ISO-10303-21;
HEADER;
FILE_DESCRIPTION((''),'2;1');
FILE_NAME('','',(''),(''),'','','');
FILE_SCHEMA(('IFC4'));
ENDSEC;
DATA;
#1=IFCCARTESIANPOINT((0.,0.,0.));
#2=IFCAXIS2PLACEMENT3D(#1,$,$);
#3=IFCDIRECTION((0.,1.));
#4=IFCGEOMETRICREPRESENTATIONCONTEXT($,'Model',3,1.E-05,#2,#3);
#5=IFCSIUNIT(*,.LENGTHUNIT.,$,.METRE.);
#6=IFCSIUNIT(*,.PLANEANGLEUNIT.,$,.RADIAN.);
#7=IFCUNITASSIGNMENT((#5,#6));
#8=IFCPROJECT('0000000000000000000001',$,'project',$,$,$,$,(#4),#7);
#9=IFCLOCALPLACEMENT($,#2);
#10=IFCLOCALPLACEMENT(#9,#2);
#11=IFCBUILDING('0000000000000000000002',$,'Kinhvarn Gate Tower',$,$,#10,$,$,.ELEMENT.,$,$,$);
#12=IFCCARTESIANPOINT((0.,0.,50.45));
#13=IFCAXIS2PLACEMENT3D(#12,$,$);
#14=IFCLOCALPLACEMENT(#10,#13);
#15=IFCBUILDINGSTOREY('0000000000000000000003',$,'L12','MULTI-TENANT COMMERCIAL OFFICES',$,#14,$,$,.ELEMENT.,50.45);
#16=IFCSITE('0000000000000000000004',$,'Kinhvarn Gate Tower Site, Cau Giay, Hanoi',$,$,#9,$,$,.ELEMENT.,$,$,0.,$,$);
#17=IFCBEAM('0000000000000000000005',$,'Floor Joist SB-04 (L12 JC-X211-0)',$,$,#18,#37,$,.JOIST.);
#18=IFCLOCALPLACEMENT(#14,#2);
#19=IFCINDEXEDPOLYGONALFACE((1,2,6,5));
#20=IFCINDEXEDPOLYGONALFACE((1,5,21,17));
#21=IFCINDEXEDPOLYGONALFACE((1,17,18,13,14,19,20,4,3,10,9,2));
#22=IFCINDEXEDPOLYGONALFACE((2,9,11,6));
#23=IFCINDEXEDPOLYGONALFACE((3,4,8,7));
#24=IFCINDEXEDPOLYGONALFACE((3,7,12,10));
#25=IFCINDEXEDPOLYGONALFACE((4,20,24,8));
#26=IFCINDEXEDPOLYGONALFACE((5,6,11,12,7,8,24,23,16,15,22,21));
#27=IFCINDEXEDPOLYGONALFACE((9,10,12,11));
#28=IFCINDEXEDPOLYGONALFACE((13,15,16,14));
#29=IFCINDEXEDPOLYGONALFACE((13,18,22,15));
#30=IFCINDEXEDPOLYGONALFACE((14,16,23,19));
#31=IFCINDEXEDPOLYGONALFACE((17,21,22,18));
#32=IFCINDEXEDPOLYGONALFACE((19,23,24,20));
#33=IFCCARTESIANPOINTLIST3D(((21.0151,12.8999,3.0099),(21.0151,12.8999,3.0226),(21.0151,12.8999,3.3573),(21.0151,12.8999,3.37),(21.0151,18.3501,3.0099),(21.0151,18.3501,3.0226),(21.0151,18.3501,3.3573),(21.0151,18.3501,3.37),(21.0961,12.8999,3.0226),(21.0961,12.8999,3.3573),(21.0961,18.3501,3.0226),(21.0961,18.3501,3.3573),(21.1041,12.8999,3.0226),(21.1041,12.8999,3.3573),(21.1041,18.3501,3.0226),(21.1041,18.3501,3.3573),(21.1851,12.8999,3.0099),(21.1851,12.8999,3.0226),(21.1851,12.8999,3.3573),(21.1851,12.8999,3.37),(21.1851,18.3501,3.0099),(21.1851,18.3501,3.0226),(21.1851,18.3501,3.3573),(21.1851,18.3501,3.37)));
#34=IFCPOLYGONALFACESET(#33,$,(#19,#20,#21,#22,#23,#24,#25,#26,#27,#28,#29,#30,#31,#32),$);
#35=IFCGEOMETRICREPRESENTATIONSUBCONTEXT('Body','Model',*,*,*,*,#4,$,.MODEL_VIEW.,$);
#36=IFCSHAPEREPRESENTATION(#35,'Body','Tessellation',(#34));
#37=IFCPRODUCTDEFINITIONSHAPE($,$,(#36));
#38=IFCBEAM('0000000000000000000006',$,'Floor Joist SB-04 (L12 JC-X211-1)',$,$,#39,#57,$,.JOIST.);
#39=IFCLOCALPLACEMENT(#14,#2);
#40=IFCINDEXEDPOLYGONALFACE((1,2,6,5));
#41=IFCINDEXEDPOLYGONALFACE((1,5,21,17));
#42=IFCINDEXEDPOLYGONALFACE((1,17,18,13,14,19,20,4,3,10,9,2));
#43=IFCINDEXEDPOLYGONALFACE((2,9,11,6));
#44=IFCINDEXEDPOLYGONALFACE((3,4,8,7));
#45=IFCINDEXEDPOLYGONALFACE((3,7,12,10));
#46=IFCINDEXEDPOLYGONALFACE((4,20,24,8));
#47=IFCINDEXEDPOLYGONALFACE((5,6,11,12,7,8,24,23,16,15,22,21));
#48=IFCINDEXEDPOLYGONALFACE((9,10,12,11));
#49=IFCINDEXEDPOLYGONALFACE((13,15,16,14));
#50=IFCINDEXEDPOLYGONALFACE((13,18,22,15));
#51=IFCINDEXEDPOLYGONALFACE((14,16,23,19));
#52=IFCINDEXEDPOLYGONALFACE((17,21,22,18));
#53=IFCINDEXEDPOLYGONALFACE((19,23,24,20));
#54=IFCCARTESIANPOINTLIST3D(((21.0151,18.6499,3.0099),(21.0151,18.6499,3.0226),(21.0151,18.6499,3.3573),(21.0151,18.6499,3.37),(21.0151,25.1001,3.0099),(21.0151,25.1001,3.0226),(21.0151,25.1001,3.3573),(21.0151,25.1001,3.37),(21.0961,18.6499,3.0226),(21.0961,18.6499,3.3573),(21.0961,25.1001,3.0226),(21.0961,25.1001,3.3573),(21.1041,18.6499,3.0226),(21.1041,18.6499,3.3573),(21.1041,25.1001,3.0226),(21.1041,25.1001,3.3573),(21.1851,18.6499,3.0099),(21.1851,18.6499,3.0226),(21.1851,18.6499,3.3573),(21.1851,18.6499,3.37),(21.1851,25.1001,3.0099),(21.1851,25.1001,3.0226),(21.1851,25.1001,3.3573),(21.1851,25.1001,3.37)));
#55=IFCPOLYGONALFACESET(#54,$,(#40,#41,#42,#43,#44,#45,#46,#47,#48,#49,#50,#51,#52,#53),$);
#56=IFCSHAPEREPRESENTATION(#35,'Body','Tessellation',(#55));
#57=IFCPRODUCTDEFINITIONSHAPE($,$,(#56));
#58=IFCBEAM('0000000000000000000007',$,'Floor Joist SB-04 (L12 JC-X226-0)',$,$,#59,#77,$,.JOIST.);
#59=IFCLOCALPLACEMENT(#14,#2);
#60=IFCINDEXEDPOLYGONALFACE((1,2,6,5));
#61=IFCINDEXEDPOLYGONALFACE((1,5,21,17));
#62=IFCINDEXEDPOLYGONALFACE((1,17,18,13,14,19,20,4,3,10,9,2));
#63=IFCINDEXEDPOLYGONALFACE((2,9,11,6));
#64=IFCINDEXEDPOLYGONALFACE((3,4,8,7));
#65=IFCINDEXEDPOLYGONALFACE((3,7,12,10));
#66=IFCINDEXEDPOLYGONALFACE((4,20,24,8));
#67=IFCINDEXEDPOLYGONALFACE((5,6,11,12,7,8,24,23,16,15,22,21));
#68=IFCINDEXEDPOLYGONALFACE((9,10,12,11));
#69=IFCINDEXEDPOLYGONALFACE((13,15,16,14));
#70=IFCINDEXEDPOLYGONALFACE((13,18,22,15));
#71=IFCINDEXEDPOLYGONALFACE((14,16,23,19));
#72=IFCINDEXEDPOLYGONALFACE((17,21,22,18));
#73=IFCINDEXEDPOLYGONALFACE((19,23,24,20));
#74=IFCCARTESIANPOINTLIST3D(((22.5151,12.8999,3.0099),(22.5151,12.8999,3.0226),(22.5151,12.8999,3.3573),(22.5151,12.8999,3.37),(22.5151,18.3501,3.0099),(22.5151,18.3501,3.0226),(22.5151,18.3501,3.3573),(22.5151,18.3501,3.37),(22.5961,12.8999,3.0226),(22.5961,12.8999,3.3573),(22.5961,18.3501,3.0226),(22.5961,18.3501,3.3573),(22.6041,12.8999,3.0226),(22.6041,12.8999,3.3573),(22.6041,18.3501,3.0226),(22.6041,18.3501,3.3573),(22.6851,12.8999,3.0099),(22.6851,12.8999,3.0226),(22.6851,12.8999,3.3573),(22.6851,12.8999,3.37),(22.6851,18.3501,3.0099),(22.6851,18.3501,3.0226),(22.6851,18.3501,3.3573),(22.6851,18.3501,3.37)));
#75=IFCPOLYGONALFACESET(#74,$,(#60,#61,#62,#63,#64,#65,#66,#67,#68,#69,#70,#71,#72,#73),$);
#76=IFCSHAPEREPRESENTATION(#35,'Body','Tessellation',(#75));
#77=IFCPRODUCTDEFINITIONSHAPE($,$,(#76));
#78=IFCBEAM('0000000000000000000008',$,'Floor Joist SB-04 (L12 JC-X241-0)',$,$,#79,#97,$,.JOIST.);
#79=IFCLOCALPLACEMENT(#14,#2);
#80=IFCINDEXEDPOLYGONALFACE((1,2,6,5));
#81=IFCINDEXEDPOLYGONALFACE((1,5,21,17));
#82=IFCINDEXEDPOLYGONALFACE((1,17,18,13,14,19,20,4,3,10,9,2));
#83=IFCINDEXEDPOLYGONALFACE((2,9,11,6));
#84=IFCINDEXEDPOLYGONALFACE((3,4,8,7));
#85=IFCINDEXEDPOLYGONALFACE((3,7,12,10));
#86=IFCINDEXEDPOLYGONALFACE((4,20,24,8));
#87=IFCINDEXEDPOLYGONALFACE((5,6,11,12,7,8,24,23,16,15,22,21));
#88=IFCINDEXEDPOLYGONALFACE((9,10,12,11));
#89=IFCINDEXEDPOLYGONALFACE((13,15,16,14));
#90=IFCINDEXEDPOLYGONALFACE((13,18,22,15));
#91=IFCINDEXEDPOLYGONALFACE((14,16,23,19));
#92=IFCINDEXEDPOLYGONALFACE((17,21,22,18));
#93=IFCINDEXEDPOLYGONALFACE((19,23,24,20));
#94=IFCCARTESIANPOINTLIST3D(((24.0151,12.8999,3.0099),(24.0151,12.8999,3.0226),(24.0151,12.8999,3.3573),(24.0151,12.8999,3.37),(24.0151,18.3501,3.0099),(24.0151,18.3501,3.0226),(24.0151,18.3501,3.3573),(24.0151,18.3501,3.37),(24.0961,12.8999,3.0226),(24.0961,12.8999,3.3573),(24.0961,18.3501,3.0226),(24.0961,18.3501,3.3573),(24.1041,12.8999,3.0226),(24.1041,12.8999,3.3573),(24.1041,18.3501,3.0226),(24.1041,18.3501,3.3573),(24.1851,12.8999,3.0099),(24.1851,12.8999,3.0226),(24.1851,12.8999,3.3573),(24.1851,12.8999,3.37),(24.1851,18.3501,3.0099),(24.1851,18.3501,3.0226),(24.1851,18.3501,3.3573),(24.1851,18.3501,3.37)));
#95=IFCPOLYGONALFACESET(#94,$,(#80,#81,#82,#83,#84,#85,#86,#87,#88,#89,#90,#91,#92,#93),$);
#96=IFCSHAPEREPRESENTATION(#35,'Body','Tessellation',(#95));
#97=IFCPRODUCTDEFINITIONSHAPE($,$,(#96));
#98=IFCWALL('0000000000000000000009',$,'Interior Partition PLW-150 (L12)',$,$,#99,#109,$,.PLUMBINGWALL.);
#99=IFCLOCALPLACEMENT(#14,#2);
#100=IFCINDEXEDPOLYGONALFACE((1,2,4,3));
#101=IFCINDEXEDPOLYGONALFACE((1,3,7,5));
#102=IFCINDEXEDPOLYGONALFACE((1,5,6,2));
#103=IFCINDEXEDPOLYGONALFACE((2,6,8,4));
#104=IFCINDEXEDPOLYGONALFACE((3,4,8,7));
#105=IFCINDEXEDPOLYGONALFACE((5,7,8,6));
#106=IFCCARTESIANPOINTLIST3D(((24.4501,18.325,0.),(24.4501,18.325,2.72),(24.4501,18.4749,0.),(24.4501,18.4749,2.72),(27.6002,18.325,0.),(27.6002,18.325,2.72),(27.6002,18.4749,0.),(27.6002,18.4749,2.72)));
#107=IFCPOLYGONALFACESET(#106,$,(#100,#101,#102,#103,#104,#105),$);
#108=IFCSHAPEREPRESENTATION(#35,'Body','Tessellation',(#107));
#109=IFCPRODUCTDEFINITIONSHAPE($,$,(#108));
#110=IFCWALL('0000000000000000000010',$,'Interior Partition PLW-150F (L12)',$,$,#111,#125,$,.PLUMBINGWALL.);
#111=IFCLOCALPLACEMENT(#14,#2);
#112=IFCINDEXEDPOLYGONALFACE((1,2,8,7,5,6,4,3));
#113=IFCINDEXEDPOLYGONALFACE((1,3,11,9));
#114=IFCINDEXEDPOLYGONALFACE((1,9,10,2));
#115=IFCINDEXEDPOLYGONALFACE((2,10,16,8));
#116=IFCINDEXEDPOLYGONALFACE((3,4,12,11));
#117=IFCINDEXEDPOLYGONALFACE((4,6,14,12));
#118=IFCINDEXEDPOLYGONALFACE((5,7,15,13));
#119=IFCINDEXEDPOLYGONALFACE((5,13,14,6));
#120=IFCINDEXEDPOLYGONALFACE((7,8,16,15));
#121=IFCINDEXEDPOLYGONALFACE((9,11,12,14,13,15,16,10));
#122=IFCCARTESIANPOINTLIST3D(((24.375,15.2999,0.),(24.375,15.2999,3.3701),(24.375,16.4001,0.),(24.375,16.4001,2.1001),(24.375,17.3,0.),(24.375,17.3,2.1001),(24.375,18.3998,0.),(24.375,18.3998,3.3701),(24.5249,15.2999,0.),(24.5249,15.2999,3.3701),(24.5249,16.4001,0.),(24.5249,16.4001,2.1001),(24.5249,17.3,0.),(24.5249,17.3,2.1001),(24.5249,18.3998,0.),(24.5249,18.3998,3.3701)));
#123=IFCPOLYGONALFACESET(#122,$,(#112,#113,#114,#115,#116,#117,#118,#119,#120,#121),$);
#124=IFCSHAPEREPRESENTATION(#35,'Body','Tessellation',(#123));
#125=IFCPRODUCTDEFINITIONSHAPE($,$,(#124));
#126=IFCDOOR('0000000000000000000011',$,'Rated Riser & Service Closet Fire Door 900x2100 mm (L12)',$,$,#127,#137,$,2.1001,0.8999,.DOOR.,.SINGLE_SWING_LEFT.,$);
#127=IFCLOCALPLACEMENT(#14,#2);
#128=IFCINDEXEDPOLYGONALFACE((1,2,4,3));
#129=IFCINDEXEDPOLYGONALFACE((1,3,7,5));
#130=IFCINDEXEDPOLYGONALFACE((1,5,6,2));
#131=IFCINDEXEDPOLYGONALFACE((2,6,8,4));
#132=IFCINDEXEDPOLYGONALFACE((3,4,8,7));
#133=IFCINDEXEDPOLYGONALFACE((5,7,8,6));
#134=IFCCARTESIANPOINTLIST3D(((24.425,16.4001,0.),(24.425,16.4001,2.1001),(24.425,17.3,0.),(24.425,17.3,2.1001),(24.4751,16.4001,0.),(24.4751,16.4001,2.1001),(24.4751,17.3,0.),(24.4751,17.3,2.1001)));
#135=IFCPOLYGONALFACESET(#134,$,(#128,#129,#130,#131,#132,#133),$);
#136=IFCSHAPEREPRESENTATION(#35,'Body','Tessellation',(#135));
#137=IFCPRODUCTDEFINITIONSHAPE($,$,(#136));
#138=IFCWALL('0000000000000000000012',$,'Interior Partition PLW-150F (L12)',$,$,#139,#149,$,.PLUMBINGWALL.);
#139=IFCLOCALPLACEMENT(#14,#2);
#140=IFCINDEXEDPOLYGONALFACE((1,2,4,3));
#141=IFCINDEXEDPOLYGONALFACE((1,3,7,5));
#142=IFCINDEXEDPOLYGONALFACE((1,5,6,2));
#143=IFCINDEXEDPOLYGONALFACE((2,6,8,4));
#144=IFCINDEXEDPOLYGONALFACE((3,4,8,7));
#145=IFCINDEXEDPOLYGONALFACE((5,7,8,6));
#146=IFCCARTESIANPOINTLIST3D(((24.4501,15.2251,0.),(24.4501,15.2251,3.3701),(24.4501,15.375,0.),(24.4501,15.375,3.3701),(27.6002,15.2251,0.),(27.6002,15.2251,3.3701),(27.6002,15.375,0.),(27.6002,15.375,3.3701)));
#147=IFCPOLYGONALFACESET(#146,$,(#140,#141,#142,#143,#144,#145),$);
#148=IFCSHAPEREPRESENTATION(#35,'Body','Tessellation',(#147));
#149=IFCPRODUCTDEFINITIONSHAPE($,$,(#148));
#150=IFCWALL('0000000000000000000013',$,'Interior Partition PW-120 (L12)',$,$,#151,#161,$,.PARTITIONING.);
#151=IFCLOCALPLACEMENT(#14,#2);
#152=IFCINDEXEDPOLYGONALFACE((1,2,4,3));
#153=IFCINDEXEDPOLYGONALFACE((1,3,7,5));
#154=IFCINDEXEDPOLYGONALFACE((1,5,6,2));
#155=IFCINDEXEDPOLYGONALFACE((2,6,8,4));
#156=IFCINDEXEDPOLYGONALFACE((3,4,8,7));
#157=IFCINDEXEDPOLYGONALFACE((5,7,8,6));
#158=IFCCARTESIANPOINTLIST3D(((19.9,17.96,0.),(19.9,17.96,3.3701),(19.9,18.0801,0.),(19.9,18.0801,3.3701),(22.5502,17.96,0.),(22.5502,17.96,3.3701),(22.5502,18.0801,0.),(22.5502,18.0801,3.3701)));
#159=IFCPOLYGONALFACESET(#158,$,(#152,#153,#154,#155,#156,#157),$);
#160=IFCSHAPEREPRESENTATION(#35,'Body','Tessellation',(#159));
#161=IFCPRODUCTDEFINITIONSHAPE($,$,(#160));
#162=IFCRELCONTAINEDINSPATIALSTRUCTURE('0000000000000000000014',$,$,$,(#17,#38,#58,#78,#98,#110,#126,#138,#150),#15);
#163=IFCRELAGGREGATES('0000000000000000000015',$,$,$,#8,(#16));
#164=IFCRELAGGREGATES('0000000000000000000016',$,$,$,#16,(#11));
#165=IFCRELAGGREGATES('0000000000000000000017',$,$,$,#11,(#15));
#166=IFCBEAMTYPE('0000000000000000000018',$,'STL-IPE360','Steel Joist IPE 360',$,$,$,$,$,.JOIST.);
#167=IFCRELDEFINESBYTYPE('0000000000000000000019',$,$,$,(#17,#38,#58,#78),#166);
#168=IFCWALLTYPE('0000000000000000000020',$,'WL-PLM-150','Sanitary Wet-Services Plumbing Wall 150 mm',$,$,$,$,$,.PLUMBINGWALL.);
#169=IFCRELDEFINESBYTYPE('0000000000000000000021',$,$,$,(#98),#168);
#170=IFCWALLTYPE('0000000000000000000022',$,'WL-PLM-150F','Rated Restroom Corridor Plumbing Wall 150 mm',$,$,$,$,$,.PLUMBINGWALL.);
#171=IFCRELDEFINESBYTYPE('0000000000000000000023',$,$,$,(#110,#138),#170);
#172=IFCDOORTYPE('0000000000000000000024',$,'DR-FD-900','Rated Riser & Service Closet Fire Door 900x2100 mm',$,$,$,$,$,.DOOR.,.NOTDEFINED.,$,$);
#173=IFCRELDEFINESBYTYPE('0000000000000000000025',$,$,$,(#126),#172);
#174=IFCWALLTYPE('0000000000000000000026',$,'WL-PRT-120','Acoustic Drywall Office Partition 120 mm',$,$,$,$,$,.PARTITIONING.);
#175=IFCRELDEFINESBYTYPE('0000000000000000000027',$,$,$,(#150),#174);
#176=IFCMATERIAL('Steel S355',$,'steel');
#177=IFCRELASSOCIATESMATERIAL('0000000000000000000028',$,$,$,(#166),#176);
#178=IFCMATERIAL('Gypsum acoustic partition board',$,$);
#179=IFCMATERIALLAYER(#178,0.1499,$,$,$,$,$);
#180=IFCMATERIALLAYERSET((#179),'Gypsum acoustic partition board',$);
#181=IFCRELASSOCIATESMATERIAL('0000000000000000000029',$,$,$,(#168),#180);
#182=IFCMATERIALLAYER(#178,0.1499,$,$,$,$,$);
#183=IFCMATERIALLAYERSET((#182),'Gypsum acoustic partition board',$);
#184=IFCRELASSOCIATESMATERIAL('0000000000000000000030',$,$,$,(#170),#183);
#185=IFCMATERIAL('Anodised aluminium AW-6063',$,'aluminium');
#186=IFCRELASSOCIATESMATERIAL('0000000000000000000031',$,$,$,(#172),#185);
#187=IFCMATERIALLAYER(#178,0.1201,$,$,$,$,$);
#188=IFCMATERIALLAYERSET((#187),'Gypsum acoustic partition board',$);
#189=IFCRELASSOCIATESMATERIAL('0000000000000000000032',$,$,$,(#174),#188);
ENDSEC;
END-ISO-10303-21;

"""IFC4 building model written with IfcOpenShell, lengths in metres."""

from ifc_helpers import new_model, si_unit, direction, frame, frame_2d, origin, origin_2d, place, context, subcontext, project, spatial, rectangle, i_section, extrude, material, layer, layer_set, material_profile, profile_set, type_object, element, fill, save


model = new_model("IFC4")

# Units and contexts
model_context = context("Model", 3, precision=1e-05, world=origin(), true_north=direction((0.0, 1.0)))
body_context = subcontext(model_context, "Body", "Model", "MODEL_VIEW")
ifc_project = project(units=[si_unit("LENGTHUNIT", "METRE"), si_unit("PLANEANGLEUNIT", "RADIAN")], contexts=[model_context])

# Site, building, storey
site_placement = place(None, origin())
site = spatial("IfcSite", under=ifc_project, at=site_placement, Name="Kinhvarn Gate Tower Site, Cau Giay, Hanoi", CompositionType="ELEMENT", RefElevation=0.0)
building_placement = place(site_placement, origin())
building = spatial("IfcBuilding", under=site, at=building_placement, Name="Kinhvarn Gate Tower", CompositionType="ELEMENT")
storey_placement = place(building_placement, frame((0.0, 0.0, 50.45)))
storey = spatial("IfcBuildingStorey", under=building, at=storey_placement, Name="L12", Description="MULTI-TENANT COMMERCIAL OFFICES", CompositionType="ELEMENT", Elevation=50.45)

# Beams
ifc_material_1 = material(Name="Steel S355", Category="steel")
ifc_material_profile = material_profile(ifc_material_1, i_section(OverallWidth=0.1699, OverallDepth=0.3601, WebThickness=0.0081, FlangeThickness=0.0127, at=origin_2d()), Name="IPE 360")
ifc_profile_set = profile_set([ifc_material_profile], Name="Steel S355")
beam_type = type_object("IfcBeamType", Name="STL-IPE360", Description="Steel Joist IPE 360", PredefinedType="JOIST", material=ifc_profile_set)
beam_1_placement = place(storey_placement, frame((21.1001, 12.8999, 3.1899), z_axis=(0.0, 1.0, 0.0), x_axis=(-1.0, 0.0, 0.0)))
element("IfcBeam", 1, at=beam_1_placement, inside=storey, type_object=beam_type, Name="Floor Joist SB-04 (L12 JC-X211-0)", PredefinedType="JOIST", context=body_context, shape_type="SweptSolid", body=[
    extrude(i_section(OverallWidth=0.1699, OverallDepth=0.3601, WebThickness=0.0081, FlangeThickness=0.0127, at=origin_2d()), origin(), (0.0, 0.0, 1.0), 5.4502),
])
beam_2_placement = place(storey_placement, frame((21.1001, 18.6499, 3.1899), z_axis=(0.0, 1.0, 0.0), x_axis=(-1.0, 0.0, 0.0)))
element("IfcBeam", 2, at=beam_2_placement, inside=storey, type_object=beam_type, Name="Floor Joist SB-04 (L12 JC-X211-1)", PredefinedType="JOIST", context=body_context, shape_type="SweptSolid", body=[
    extrude(i_section(OverallWidth=0.1699, OverallDepth=0.3601, WebThickness=0.0081, FlangeThickness=0.0127, at=origin_2d()), origin(), (0.0, 0.0, 1.0), 6.4502),
])
for number, where, z_axis, x_axis, name in (
    (3, (22.6001, 12.8999, 3.1899), (0.0, 1.0, 0.0), (-1.0, 0.0, 0.0), "Floor Joist SB-04 (L12 JC-X226-0)"),
    (4, (24.1001, 12.8999, 3.1899), (0.0, 1.0, 0.0), (-1.0, 0.0, 0.0), "Floor Joist SB-04 (L12 JC-X241-0)"),
):
    element("IfcBeam", number, at=place(storey_placement, frame(where, z_axis=z_axis, x_axis=x_axis)), inside=storey, type_object=beam_type, Name=name, PredefinedType="JOIST", context=body_context, shape_type="SweptSolid", body=[
        extrude(i_section(OverallWidth=0.1699, OverallDepth=0.3601, WebThickness=0.0081, FlangeThickness=0.0127, at=origin_2d()), origin(), (0.0, 0.0, 1.0), 5.4502),
    ])

# Wall
ifc_material_2 = material(Name="Gypsum acoustic partition board")
ifc_layer_1 = layer(ifc_material_2, 0.1499)
ifc_layer_set_1 = layer_set([ifc_layer_1], Name="Gypsum acoustic partition board")
wall_type_1 = type_object("IfcWallType", Name="WL-PLM-150", Description="Sanitary Wet-Services Plumbing Wall 150 mm", PredefinedType="PLUMBINGWALL", material=ifc_layer_set_1)
wall_1_placement = place(storey_placement, frame((24.45, 18.3999, 0.0), z_axis=(0.0, 0.0, 1.0), x_axis=(1.0, 0.0, 0.0)))
element("IfcWall", 5, at=wall_1_placement, inside=storey, type_object=wall_type_1, Name="Interior Partition PLW-150 (L12)", PredefinedType="PLUMBINGWALL", context=body_context, shape_type="SweptSolid", body=[
    extrude(rectangle(XDim=3.1501, YDim=0.1499, at=frame_2d((1.5752, 0.0))), origin(), (0.0, 0.0, 1.0), 2.72),
])

# Wall, opening, door
ifc_layer_2 = layer(ifc_material_2, 0.1499)
ifc_layer_set_2 = layer_set([ifc_layer_2], Name="Gypsum acoustic partition board")
wall_type_2 = type_object("IfcWallType", Name="WL-PLM-150F", Description="Rated Restroom Corridor Plumbing Wall 150 mm", PredefinedType="PLUMBINGWALL", material=ifc_layer_set_2)
wall_2_placement = place(storey_placement, frame((24.45, 15.3, 0.0), z_axis=(0.0, 0.0, 1.0), x_axis=(0.0, 1.0, 0.0)))
wall_2 = element("IfcWall", 6, at=wall_2_placement, inside=storey, type_object=wall_type_2, Name="Interior Partition PLW-150F (L12)", PredefinedType="PLUMBINGWALL", context=body_context, shape_type="SweptSolid", body=[
    extrude(rectangle(XDim=3.0999, YDim=0.1499, at=frame_2d((1.5498, 0.0))), origin(), (0.0, 0.0, 1.0), 3.3701),
])
opening_1_placement = place(wall_2_placement, frame((1.1001, 0.0, 0.0)))
opening_1 = element("IfcOpeningElement", 7, at=opening_1_placement, cuts=wall_2, PredefinedType="OPENING", context=body_context, shape_type="SweptSolid", body=[
    extrude(rectangle(XDim=0.8999, YDim=2.1001, at=frame_2d((0.45, 1.05))), frame((0.0, 0.085, 0.0), z_axis=(0.0, -1.0, 0.0), x_axis=(1.0, 0.0, 0.0)), (0.0, 0.0, 1.0), 0.1699),
])
ifc_material_3 = material(Name="Anodised aluminium AW-6063", Category="aluminium")
door_type_1 = type_object("IfcDoorType", Name="DR-FD-900", Description="Rated Riser & Service Closet Fire Door 900x2100 mm", OperationType="NOTDEFINED", PredefinedType="DOOR", material=ifc_material_3)
door_1_placement = place(opening_1_placement, origin())
door_1 = element("IfcDoor", 8, at=door_1_placement, inside=storey, type_object=door_type_1, Name="Rated Riser & Service Closet Fire Door 900x2100 mm (L12)", OperationType="SINGLE_SWING_LEFT", OverallHeight=2.1001, OverallWidth=0.8999, PredefinedType="DOOR", context=body_context, shape_type="SweptSolid", body=[
    extrude(rectangle(XDim=0.8999, YDim=2.1001, at=frame_2d((0.45, 1.05))), frame((0.0, 0.0249, 0.0), z_axis=(0.0, -1.0, 0.0), x_axis=(1.0, 0.0, 0.0)), (0.0, 0.0, 1.0), 0.05),
])
fill(opening_1, door_1)

# Walls
wall_3_placement = place(storey_placement, frame((24.45, 15.3, 0.0), z_axis=(0.0, 0.0, 1.0), x_axis=(1.0, 0.0, 0.0)))
element("IfcWall", 9, at=wall_3_placement, inside=storey, type_object=wall_type_2, Name="Interior Partition PLW-150F (L12)", PredefinedType="PLUMBINGWALL", context=body_context, shape_type="SweptSolid", body=[
    extrude(rectangle(XDim=3.1501, YDim=0.1499, at=frame_2d((1.5752, 0.0))), origin(), (0.0, 0.0, 1.0), 3.3701),
])
ifc_layer_3 = layer(ifc_material_2, 0.1201)
ifc_layer_set_3 = layer_set([ifc_layer_3], Name="Gypsum acoustic partition board")
wall_type_3 = type_object("IfcWallType", Name="WL-PRT-120", Description="Acoustic Drywall Office Partition 120 mm", PredefinedType="PARTITIONING", material=ifc_layer_set_3)
wall_4_placement = place(storey_placement, frame((19.8999, 18.02, 0.0), z_axis=(0.0, 0.0, 1.0), x_axis=(1.0, 0.0, 0.0)))
element("IfcWall", 10, at=wall_4_placement, inside=storey, type_object=wall_type_3, Name="Interior Partition PW-120 (L12)", PredefinedType="PARTITIONING", context=body_context, shape_type="SweptSolid", body=[
    extrude(rectangle(XDim=2.6501, YDim=0.1201, at=frame_2d((1.3252, 0.0))), origin(), (0.0, 0.0, 1.0), 3.3701),
])

save(model, "model.ifc")
